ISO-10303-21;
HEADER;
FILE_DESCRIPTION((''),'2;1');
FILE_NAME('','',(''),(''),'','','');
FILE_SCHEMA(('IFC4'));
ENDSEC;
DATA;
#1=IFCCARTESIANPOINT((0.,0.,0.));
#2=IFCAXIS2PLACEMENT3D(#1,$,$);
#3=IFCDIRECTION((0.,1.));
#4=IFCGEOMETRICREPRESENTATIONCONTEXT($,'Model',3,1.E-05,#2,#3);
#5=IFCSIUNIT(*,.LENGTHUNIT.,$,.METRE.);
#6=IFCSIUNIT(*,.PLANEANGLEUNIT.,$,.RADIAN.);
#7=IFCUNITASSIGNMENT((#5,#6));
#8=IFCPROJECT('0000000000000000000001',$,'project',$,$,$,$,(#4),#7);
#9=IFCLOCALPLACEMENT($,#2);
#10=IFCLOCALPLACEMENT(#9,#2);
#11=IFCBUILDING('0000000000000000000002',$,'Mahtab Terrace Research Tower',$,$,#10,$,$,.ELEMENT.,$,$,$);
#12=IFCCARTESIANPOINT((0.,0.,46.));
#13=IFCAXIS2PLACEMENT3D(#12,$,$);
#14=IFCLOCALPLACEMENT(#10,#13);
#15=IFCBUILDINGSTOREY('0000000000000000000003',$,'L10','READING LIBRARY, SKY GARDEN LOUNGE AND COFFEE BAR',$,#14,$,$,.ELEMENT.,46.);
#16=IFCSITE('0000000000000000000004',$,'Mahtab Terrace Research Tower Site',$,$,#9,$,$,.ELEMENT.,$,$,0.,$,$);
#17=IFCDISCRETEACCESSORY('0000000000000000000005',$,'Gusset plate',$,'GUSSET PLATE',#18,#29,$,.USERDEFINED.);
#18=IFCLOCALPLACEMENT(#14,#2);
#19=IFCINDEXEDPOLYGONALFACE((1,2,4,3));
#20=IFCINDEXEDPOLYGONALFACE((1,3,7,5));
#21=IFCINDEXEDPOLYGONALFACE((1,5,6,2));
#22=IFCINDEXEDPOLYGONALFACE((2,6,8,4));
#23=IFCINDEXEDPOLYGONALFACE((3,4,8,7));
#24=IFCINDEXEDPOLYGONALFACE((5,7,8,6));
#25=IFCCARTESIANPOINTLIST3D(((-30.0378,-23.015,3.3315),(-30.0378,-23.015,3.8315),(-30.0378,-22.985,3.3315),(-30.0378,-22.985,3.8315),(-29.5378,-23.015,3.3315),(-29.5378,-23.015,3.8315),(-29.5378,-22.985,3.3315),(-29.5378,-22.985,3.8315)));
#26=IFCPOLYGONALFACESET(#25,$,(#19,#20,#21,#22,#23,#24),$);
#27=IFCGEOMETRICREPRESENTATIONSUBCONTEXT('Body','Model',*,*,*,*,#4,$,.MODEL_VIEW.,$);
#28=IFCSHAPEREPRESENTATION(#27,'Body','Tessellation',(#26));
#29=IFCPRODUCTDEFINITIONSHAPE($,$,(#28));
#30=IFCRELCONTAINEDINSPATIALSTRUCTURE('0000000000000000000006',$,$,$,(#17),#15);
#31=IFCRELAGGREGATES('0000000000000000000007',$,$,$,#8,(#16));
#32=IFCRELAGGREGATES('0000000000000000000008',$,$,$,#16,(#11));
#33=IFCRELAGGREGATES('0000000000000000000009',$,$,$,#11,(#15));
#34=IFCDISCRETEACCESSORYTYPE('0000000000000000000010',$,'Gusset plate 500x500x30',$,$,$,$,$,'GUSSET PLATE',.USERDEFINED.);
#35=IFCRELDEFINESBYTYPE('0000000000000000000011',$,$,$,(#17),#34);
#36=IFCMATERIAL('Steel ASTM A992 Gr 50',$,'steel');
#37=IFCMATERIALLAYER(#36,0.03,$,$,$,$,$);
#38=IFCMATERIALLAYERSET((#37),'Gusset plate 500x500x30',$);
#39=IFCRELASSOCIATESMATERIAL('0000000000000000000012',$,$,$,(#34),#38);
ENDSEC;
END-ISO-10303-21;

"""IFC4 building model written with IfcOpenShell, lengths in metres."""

from ifc_helpers import new_model, si_unit, direction, frame, origin, origin_2d, place, context, subcontext, project, spatial, rectangle, extrude, material, layer, layer_set, type_object, element, save


model = new_model("IFC4")

# Units and contexts
model_context = context("Model", 3, precision=1e-05, world=origin(), true_north=direction((0.0, 1.0)))
body_context = subcontext(model_context, "Body", "Model", "MODEL_VIEW")
ifc_project = project(units=[si_unit("LENGTHUNIT", "METRE"), si_unit("PLANEANGLEUNIT", "RADIAN")], contexts=[model_context])

# Site, building, storey
site_placement = place(None, origin())
site = spatial("IfcSite", under=ifc_project, at=site_placement, Name="Mahtab Terrace Research Tower Site", CompositionType="ELEMENT", RefElevation=0.0)
building_placement = place(site_placement, origin())
building = spatial("IfcBuilding", under=site, at=building_placement, Name="Mahtab Terrace Research Tower", CompositionType="ELEMENT")
storey_placement = place(building_placement, frame((0.0, 0.0, 46.0)))
storey = spatial("IfcBuildingStorey", under=building, at=storey_placement, Name="L10", Description="READING LIBRARY, SKY GARDEN LOUNGE AND COFFEE BAR", CompositionType="ELEMENT", Elevation=46.0)

# Discrete accessory
ifc_material_1 = material(Name="Steel ASTM A992 Gr 50", Category="steel")
ifc_layer_1 = layer(ifc_material_1, 0.03)
ifc_layer_set_1 = layer_set([ifc_layer_1], Name="Gusset plate 500x500x30")
discrete_accessory_type = type_object("IfcDiscreteAccessoryType", Name="Gusset plate 500x500x30", ElementType="GUSSET PLATE", PredefinedType="USERDEFINED", material=ifc_layer_set_1)
discrete_accessory_placement = place(storey_placement, frame((-29.7878, -23.0, 3.3315), z_axis=(0.0, 0.0, 1.0), x_axis=(1.0, 0.0, 0.0)))
element("IfcDiscreteAccessory", 1, at=discrete_accessory_placement, inside=storey, type_object=discrete_accessory_type, Name="Gusset plate", ObjectType="GUSSET PLATE", PredefinedType="USERDEFINED", context=body_context, shape_type="SweptSolid", body=[
    extrude(rectangle(XDim=0.5, YDim=0.03, at=origin_2d()), origin(), (0.0, 0.0, 1.0), 0.5),
])

save(model, "model.ifc")
